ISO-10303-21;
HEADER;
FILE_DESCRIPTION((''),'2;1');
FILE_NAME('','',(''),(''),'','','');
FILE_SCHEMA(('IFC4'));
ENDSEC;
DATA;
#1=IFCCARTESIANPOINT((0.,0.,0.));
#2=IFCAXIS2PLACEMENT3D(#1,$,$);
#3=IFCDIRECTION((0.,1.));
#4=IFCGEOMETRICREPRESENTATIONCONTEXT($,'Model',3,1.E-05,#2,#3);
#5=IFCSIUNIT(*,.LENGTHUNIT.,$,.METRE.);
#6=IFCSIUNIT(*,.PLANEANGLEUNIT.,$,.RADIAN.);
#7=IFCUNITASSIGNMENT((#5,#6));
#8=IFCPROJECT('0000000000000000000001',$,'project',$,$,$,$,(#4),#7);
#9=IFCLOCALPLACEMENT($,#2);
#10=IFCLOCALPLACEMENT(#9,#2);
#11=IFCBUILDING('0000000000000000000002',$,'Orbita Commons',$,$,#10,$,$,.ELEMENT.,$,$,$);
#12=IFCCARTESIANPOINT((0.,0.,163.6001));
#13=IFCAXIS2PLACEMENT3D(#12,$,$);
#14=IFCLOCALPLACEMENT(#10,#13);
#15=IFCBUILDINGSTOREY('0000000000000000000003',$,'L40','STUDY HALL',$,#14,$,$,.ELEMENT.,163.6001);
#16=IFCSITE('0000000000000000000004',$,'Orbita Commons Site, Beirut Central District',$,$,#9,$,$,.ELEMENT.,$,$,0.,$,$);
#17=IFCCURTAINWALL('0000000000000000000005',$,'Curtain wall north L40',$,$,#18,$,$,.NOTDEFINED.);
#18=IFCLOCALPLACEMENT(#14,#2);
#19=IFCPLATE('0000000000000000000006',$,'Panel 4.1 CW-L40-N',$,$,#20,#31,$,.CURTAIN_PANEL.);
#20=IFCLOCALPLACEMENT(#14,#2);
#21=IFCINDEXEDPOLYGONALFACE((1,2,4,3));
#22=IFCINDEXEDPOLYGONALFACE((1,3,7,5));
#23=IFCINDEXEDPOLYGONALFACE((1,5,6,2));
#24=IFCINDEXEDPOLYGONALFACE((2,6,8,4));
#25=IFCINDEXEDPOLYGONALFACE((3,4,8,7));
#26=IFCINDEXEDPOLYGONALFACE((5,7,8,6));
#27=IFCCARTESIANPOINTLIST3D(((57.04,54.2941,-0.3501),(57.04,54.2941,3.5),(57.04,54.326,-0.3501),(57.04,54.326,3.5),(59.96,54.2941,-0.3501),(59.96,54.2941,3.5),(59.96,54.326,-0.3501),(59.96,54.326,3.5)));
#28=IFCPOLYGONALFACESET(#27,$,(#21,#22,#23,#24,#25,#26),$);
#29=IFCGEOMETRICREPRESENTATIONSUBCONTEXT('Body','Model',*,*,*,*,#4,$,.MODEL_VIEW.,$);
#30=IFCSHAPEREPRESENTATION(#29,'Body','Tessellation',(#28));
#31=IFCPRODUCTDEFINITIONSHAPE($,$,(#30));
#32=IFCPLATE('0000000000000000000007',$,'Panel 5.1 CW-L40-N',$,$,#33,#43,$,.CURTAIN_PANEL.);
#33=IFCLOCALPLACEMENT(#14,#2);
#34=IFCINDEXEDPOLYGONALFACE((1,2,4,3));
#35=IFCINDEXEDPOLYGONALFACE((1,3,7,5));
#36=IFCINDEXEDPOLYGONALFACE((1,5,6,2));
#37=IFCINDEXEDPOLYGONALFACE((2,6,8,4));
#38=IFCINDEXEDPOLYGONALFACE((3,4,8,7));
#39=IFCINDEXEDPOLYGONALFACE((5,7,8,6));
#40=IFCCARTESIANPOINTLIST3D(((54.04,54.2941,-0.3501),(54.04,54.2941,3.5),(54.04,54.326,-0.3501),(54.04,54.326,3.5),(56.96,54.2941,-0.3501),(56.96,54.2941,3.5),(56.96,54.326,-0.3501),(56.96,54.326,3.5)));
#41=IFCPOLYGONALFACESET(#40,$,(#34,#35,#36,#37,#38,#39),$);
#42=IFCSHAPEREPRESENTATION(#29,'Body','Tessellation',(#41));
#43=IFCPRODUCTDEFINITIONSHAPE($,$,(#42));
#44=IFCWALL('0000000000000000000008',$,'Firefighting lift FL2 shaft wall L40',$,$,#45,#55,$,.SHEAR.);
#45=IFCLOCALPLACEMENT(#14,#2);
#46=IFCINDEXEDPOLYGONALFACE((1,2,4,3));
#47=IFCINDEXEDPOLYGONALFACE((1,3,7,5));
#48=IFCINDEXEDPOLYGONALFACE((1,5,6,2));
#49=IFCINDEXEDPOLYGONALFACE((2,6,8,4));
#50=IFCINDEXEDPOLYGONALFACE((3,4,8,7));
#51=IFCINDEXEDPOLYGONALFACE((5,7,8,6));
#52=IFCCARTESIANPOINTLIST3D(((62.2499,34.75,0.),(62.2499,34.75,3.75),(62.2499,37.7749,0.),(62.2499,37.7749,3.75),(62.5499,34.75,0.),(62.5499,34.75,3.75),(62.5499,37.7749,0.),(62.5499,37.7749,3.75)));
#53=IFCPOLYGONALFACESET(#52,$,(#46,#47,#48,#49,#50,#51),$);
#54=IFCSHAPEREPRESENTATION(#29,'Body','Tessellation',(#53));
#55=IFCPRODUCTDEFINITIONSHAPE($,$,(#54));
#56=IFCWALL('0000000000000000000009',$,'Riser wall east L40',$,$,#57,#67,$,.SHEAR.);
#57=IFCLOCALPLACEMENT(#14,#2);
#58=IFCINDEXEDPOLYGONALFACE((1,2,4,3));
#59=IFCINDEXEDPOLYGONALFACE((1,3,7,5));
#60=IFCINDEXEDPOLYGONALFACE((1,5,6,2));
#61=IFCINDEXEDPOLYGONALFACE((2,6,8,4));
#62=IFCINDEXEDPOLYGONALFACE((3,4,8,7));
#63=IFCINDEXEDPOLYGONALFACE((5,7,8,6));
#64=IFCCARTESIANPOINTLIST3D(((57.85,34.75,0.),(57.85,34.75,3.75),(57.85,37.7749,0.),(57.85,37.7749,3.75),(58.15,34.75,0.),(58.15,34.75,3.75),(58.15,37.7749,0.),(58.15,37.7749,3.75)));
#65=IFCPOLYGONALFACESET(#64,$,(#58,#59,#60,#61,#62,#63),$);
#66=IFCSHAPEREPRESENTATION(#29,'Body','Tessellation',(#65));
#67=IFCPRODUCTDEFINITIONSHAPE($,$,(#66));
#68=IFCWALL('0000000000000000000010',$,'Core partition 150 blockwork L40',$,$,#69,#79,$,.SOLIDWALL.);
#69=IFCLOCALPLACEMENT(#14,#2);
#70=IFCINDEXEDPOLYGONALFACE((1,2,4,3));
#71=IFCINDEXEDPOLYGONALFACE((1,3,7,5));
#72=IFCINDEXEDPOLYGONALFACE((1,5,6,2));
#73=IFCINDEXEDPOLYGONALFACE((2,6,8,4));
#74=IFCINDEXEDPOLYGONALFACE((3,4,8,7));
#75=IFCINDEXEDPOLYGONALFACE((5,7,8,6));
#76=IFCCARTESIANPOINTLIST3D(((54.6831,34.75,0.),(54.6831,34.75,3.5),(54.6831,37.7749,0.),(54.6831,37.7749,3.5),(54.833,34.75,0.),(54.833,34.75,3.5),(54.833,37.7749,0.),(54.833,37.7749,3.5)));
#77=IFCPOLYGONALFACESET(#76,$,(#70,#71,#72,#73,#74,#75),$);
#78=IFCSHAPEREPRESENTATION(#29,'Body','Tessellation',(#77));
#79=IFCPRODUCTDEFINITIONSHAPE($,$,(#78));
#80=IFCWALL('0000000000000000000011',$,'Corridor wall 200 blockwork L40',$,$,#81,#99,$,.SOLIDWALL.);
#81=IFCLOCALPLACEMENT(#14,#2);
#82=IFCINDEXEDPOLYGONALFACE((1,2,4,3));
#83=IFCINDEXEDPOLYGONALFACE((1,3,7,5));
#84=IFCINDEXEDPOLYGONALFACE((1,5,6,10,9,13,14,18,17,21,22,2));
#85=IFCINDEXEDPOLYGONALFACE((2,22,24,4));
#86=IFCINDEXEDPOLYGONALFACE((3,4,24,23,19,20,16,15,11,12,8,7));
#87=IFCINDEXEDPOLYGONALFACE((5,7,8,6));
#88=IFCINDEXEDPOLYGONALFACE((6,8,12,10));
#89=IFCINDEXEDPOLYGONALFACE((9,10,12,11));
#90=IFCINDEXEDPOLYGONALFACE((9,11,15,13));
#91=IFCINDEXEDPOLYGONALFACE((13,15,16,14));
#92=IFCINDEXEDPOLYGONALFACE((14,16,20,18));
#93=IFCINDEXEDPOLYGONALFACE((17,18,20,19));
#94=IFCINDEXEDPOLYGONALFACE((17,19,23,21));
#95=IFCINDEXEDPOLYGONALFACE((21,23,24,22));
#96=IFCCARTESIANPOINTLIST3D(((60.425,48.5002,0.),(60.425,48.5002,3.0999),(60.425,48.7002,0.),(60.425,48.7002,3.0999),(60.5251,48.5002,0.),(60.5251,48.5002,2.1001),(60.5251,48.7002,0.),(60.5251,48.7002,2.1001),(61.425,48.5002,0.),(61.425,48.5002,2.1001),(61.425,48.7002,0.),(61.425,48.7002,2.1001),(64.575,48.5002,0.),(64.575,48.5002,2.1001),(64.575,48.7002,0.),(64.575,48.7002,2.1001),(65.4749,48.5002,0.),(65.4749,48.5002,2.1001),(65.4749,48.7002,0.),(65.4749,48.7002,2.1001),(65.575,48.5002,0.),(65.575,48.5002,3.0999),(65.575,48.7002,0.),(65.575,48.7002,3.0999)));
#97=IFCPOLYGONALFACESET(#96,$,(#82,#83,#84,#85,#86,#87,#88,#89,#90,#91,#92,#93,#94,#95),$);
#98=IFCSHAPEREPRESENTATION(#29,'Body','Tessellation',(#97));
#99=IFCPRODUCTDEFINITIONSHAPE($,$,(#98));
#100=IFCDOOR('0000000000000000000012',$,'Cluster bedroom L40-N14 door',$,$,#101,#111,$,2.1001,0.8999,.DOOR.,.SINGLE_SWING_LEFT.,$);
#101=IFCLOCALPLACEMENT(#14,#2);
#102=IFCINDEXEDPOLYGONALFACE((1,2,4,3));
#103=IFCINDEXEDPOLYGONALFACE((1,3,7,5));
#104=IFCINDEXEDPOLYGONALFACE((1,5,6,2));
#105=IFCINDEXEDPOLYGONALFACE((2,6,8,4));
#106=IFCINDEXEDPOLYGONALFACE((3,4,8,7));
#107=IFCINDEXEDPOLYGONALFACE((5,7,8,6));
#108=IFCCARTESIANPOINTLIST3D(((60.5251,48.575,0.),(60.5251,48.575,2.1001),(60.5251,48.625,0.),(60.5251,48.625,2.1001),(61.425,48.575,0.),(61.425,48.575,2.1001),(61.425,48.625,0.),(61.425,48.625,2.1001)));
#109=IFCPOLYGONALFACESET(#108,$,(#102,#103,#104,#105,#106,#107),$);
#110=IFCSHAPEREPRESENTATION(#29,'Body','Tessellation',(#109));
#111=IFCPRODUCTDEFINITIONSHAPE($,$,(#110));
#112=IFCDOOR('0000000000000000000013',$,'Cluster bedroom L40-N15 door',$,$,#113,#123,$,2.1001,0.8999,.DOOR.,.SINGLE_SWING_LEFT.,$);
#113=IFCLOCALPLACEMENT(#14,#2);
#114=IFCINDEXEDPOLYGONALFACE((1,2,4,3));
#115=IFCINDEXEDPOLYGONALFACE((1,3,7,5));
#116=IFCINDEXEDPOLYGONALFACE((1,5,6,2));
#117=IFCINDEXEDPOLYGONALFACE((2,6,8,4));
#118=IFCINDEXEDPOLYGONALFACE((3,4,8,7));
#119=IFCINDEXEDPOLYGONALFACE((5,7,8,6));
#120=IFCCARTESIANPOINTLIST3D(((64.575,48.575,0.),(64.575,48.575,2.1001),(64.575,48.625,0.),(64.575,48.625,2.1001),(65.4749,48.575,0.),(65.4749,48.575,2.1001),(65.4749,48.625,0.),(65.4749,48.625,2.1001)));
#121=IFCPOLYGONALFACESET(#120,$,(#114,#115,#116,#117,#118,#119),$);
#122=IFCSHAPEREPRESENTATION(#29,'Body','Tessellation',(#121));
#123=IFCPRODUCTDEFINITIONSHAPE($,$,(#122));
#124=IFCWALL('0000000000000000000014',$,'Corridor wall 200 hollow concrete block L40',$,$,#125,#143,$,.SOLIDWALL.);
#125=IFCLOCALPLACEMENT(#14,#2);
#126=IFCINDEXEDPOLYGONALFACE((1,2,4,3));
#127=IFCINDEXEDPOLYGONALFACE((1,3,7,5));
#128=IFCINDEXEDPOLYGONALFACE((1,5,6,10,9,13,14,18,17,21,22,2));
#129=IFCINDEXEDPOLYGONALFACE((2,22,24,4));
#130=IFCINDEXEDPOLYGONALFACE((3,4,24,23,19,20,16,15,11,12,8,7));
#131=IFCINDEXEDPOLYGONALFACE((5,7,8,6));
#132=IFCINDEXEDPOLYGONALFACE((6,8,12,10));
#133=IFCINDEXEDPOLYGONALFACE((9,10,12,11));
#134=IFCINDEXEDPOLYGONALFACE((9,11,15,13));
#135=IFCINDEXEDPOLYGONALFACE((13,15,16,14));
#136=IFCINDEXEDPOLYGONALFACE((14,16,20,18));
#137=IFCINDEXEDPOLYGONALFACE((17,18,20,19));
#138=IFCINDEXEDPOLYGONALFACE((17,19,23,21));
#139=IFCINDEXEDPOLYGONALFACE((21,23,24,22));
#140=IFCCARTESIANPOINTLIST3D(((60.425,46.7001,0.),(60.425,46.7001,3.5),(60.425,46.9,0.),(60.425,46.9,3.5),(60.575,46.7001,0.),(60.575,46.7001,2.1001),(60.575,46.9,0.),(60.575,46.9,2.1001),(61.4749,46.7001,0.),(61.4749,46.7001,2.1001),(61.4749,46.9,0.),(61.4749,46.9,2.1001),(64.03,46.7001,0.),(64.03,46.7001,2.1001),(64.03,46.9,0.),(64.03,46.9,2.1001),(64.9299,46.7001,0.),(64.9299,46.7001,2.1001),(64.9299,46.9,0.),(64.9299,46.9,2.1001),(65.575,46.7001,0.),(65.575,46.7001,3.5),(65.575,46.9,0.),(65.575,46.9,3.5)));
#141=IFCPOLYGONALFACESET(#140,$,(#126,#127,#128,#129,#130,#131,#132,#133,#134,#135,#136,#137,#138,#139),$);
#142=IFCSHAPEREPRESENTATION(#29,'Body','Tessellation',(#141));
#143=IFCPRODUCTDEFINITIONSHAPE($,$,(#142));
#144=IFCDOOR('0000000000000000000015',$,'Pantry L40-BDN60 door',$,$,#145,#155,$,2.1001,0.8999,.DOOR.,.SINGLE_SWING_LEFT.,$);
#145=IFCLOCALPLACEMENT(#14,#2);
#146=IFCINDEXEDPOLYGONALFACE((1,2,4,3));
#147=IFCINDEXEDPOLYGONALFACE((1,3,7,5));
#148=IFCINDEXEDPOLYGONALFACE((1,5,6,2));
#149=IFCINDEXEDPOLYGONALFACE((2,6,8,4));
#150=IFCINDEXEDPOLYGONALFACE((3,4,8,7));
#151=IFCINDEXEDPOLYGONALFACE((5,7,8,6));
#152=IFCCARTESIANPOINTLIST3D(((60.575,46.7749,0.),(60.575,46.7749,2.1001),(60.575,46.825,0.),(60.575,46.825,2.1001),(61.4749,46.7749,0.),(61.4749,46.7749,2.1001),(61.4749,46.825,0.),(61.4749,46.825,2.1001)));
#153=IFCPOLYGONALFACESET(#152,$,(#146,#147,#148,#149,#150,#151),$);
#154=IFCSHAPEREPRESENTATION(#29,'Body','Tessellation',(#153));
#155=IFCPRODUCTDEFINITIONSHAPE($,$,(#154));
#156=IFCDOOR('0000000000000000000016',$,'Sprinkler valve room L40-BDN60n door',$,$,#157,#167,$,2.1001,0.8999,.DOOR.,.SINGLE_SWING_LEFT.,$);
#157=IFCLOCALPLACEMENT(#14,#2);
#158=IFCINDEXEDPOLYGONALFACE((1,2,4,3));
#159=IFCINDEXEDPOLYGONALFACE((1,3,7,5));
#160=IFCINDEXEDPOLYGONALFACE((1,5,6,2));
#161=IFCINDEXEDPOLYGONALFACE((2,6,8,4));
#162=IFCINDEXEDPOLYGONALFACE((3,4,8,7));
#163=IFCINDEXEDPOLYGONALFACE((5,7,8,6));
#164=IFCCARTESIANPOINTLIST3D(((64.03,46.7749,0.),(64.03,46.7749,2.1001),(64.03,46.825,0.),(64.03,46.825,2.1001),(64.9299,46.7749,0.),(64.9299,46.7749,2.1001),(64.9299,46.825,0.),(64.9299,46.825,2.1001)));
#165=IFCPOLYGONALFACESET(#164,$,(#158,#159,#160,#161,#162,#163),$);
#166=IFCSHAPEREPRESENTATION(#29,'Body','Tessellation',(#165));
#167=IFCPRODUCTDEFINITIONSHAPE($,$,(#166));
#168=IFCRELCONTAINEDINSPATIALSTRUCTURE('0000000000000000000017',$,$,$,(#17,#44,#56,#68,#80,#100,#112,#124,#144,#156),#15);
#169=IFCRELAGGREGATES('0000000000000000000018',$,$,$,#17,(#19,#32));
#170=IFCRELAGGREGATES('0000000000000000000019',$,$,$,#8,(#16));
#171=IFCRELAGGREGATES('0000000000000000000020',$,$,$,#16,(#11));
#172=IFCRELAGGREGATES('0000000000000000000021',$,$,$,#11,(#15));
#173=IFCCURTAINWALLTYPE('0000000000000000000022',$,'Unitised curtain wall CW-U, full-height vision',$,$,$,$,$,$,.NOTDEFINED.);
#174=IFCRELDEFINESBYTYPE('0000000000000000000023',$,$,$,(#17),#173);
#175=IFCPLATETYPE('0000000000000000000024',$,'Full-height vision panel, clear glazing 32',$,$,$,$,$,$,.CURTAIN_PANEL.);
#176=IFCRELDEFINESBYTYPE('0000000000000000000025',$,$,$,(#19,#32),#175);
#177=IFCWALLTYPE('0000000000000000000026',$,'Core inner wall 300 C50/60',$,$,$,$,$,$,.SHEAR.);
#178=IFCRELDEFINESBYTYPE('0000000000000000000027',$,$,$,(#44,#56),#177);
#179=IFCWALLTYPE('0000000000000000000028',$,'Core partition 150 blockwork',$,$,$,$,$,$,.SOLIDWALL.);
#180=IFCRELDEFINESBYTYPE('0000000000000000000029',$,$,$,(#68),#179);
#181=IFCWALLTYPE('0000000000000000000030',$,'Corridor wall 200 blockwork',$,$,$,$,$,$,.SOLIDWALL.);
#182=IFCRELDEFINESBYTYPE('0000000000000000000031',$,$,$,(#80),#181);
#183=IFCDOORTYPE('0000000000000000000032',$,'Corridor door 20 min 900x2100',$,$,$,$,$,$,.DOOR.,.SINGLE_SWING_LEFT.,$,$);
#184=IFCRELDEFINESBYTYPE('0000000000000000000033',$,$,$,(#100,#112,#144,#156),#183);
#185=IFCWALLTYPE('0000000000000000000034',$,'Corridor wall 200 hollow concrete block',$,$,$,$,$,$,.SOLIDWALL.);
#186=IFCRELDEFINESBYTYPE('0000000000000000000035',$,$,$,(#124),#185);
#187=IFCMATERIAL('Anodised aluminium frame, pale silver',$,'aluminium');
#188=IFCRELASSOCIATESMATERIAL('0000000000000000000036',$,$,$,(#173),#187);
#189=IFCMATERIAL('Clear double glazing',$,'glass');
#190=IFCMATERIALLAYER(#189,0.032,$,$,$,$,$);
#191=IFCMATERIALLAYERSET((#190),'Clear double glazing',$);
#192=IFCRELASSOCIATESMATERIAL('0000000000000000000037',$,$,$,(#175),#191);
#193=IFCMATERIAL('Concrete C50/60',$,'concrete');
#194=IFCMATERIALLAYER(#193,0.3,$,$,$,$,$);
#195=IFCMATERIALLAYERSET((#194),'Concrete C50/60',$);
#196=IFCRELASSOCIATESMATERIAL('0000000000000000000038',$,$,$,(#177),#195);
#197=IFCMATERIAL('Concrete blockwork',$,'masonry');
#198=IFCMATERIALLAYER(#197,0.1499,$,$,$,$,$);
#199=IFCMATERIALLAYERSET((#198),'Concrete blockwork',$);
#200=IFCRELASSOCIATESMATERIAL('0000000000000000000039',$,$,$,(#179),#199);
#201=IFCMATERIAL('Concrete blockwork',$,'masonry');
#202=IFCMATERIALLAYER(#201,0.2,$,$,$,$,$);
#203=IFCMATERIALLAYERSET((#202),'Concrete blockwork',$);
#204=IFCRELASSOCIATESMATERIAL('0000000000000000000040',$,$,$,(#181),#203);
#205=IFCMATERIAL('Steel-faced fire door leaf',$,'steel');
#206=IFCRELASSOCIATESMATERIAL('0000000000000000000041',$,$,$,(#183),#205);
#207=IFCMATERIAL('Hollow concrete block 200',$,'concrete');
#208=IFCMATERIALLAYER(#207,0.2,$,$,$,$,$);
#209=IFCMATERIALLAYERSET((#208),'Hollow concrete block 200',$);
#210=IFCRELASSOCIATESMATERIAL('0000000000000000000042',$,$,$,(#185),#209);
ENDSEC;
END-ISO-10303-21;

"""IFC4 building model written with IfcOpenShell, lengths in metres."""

from ifc_helpers import new_model, si_unit, direction, frame, frame_2d, origin, origin_2d, place, context, subcontext, project, spatial, polyline, rectangle, outline, extrude, material, layer, layer_set, type_object, element, fill, aggregate, save


model = new_model("IFC4")

# Units and contexts
model_context = context("Model", 3, precision=1e-05, world=origin(), true_north=direction((0.0, 1.0)))
body_context = subcontext(model_context, "Body", "Model", "MODEL_VIEW")
ifc_project = project(units=[si_unit("LENGTHUNIT", "METRE"), si_unit("PLANEANGLEUNIT", "RADIAN")], contexts=[model_context])

# Site, building, storey
site_placement = place(None, origin())
site = spatial("IfcSite", under=ifc_project, at=site_placement, Name="Orbita Commons Site, Beirut Central District", CompositionType="ELEMENT", RefElevation=0.0)
building_placement = place(site_placement, origin())
building = spatial("IfcBuilding", under=site, at=building_placement, Name="Orbita Commons", CompositionType="ELEMENT")
storey_placement = place(building_placement, frame((0.0, 0.0, 163.6001)))
storey = spatial("IfcBuildingStorey", under=building, at=storey_placement, Name="L40", Description="STUDY HALL", CompositionType="ELEMENT", Elevation=163.6001)

# Curtain wall
ifc_material_1 = material(Name="Anodised aluminium frame, pale silver", Category="aluminium")
curtain_wall_type = type_object("IfcCurtainWallType", Name="Unitised curtain wall CW-U, full-height vision", PredefinedType="NOTDEFINED", material=ifc_material_1)
curtain_wall_placement = place(storey_placement, origin())
curtain_wall = element("IfcCurtainWall", 1, at=curtain_wall_placement, inside=storey, type_object=curtain_wall_type, Name="Curtain wall north L40", PredefinedType="NOTDEFINED")

# Plates
ifc_material_2 = material(Name="Clear double glazing", Category="glass")
ifc_layer_1 = layer(ifc_material_2, 0.032)
ifc_layer_set_1 = layer_set([ifc_layer_1], Name="Clear double glazing")
plate_type = type_object("IfcPlateType", Name="Full-height vision panel, clear glazing 32", PredefinedType="CURTAIN_PANEL", material=ifc_layer_set_1)
plate_1_placement = place(storey_placement, frame((58.5, 54.3101, -0.3501), z_axis=(0.0, 0.0, 1.0), x_axis=(-1.0, 0.0, 0.0)))
plate_1 = element("IfcPlate", 2, at=plate_1_placement, type_object=plate_type, Name="Panel 4.1 CW-L40-N", PredefinedType="CURTAIN_PANEL", context=body_context, shape_type="SweptSolid", body=[
    extrude(rectangle(XDim=2.9199, YDim=0.032, at=origin_2d()), origin(), (0.0, 0.0, 1.0), 3.8501),
])
plate_2_placement = place(storey_placement, frame((55.5, 54.3101, -0.3501), z_axis=(0.0, 0.0, 1.0), x_axis=(-1.0, 0.0, 0.0)))
plate_2 = element("IfcPlate", 3, at=plate_2_placement, type_object=plate_type, Name="Panel 5.1 CW-L40-N", PredefinedType="CURTAIN_PANEL", context=body_context, shape_type="SweptSolid", body=[
    extrude(rectangle(XDim=2.9199, YDim=0.032, at=origin_2d()), origin(), (0.0, 0.0, 1.0), 3.8501),
])
aggregate(curtain_wall, [plate_1, plate_2])

# Walls
ifc_material_3 = material(Name="Concrete C50/60", Category="concrete")
ifc_layer_2 = layer(ifc_material_3, 0.3)
ifc_layer_set_2 = layer_set([ifc_layer_2], Name="Concrete C50/60")
wall_type_1 = type_object("IfcWallType", Name="Core inner wall 300 C50/60", PredefinedType="SHEAR", material=ifc_layer_set_2)
for number, where, z_axis, x_axis, name in (
    (4, (62.3999, 34.75, 0.0), (0.0, 0.0, 1.0), (0.0, 1.0, 0.0), "Firefighting lift FL2 shaft wall L40"),
    (5, (58.0, 34.75, 0.0), (0.0, 0.0, 1.0), (0.0, 1.0, 0.0), "Riser wall east L40"),
):
    element("IfcWall", number, at=place(storey_placement, frame(where, z_axis=z_axis, x_axis=x_axis)), inside=storey, type_object=wall_type_1, Name=name, PredefinedType="SHEAR", context=body_context, shape_type="SweptSolid", body=[
        extrude(rectangle(XDim=3.0249, YDim=0.3, at=frame_2d((1.5125, 0.0))), origin(), (0.0, 0.0, 1.0), 3.75),
    ])
ifc_material_4 = material(Name="Concrete blockwork", Category="masonry")
ifc_layer_3 = layer(ifc_material_4, 0.1499)
ifc_layer_set_3 = layer_set([ifc_layer_3], Name="Concrete blockwork")
wall_type_2 = type_object("IfcWallType", Name="Core partition 150 blockwork", PredefinedType="SOLIDWALL", material=ifc_layer_set_3)
wall_1_placement = place(storey_placement, frame((54.7581, 34.75, 0.0), z_axis=(0.0, 0.0, 1.0), x_axis=(0.0, 1.0, 0.0)))
element("IfcWall", 6, at=wall_1_placement, inside=storey, type_object=wall_type_2, Name="Core partition 150 blockwork L40", PredefinedType="SOLIDWALL", context=body_context, shape_type="SweptSolid", body=[
    extrude(rectangle(XDim=3.0249, YDim=0.1499, at=frame_2d((1.5125, 0.0))), origin(), (0.0, 0.0, 1.0), 3.5),
])

# Walls, openings, doors
ifc_material_5 = material(Name="Concrete blockwork", Category="masonry")
ifc_layer_4 = layer(ifc_material_5, 0.2)
ifc_layer_set_4 = layer_set([ifc_layer_4], Name="Concrete blockwork")
wall_type_3 = type_object("IfcWallType", Name="Corridor wall 200 blockwork", PredefinedType="SOLIDWALL", material=ifc_layer_set_4)
wall_2_placement = place(storey_placement, frame((60.425, 48.6001, 0.0), z_axis=(0.0, 0.0, 1.0), x_axis=(1.0, 0.0, 0.0)))
wall_2 = element("IfcWall", 7, at=wall_2_placement, inside=storey, type_object=wall_type_3, Name="Corridor wall 200 blockwork L40", PredefinedType="SOLIDWALL", context=body_context, shape_type="SweptSolid", body=[
    extrude(outline(polyline([(0.0, 0.0), (5.1499, 0.0), (5.1499, 3.0999), (0.0, 3.0999), (0.0, 0.0)])), frame((0.0, 0.1001, 0.0), z_axis=(0.0, -1.0, 0.0), x_axis=(1.0, 0.0, 0.0)), (0.0, 0.0, 1.0), 0.2),
])
opening_1_placement = place(wall_2_placement, frame((0.1001, 0.0, 0.0)))
opening_1 = element("IfcOpeningElement", 8, at=opening_1_placement, cuts=wall_2, PredefinedType="OPENING", context=body_context, shape_type="SweptSolid", body=[
    extrude(rectangle(XDim=0.8999, YDim=2.1001, at=frame_2d((0.45, 1.05))), frame((0.0, 0.1099, 0.0), z_axis=(0.0, -1.0, 0.0), x_axis=(1.0, 0.0, 0.0)), (0.0, 0.0, 1.0), 0.22),
])
opening_2_placement = place(wall_2_placement, frame((4.1499, 0.0, 0.0)))
opening_2 = element("IfcOpeningElement", 9, at=opening_2_placement, cuts=wall_2, PredefinedType="OPENING", context=body_context, shape_type="SweptSolid", body=[
    extrude(rectangle(XDim=0.8999, YDim=2.1001, at=frame_2d((0.45, 1.05))), frame((0.0, 0.1099, 0.0), z_axis=(0.0, -1.0, 0.0), x_axis=(1.0, 0.0, 0.0)), (0.0, 0.0, 1.0), 0.22),
])
ifc_material_6 = material(Name="Steel-faced fire door leaf", Category="steel")
door_type_1 = type_object("IfcDoorType", Name="Corridor door 20 min 900x2100", OperationType="SINGLE_SWING_LEFT", PredefinedType="DOOR", material=ifc_material_6)
door_1_placement = place(opening_1_placement, origin())
door_1 = element("IfcDoor", 10, at=door_1_placement, inside=storey, type_object=door_type_1, Name="Cluster bedroom L40-N14 door", OperationType="SINGLE_SWING_LEFT", OverallHeight=2.1001, OverallWidth=0.8999, PredefinedType="DOOR", context=body_context, shape_type="SweptSolid", body=[
    extrude(rectangle(XDim=0.8999, YDim=2.1001, at=frame_2d((0.45, 1.05))), frame((0.0, 0.0249, 0.0), z_axis=(0.0, -1.0, 0.0), x_axis=(1.0, 0.0, 0.0)), (0.0, 0.0, 1.0), 0.05),
])
fill(opening_1, door_1)
door_2_placement = place(opening_2_placement, origin())
door_2 = element("IfcDoor", 11, at=door_2_placement, inside=storey, type_object=door_type_1, Name="Cluster bedroom L40-N15 door", OperationType="SINGLE_SWING_LEFT", OverallHeight=2.1001, OverallWidth=0.8999, PredefinedType="DOOR", context=body_context, shape_type="SweptSolid", body=[
    extrude(rectangle(XDim=0.8999, YDim=2.1001, at=frame_2d((0.45, 1.05))), frame((0.0, 0.0249, 0.0), z_axis=(0.0, -1.0, 0.0), x_axis=(1.0, 0.0, 0.0)), (0.0, 0.0, 1.0), 0.05),
])
fill(opening_2, door_2)
ifc_material_7 = material(Name="Hollow concrete block 200", Category="concrete")
ifc_layer_5 = layer(ifc_material_7, 0.2)
ifc_layer_set_5 = layer_set([ifc_layer_5], Name="Hollow concrete block 200")
wall_type_4 = type_object("IfcWallType", Name="Corridor wall 200 hollow concrete block", PredefinedType="SOLIDWALL", material=ifc_layer_set_5)
wall_3_placement = place(storey_placement, frame((60.425, 46.8, 0.0), z_axis=(0.0, 0.0, 1.0), x_axis=(1.0, 0.0, 0.0)))
wall_3 = element("IfcWall", 12, at=wall_3_placement, inside=storey, type_object=wall_type_4, Name="Corridor wall 200 hollow concrete block L40", PredefinedType="SOLIDWALL", context=body_context, shape_type="SweptSolid", body=[
    extrude(rectangle(XDim=5.1499, YDim=0.2, at=frame_2d((2.575, 0.0))), origin(), (0.0, 0.0, 1.0), 3.5),
])
opening_3_placement = place(wall_3_placement, frame((0.1499, 0.0, 0.0)))
opening_3 = element("IfcOpeningElement", 13, at=opening_3_placement, cuts=wall_3, PredefinedType="OPENING", context=body_context, shape_type="SweptSolid", body=[
    extrude(rectangle(XDim=0.8999, YDim=2.1001, at=frame_2d((0.45, 1.05))), frame((0.0, 0.1099, 0.0), z_axis=(0.0, -1.0, 0.0), x_axis=(1.0, 0.0, 0.0)), (0.0, 0.0, 1.0), 0.22),
])
opening_4_placement = place(wall_3_placement, frame((3.605, 0.0, 0.0)))
opening_4 = element("IfcOpeningElement", 14, at=opening_4_placement, cuts=wall_3, PredefinedType="OPENING", context=body_context, shape_type="SweptSolid", body=[
    extrude(rectangle(XDim=0.8999, YDim=2.1001, at=frame_2d((0.45, 1.05))), frame((0.0, 0.1099, 0.0), z_axis=(0.0, -1.0, 0.0), x_axis=(1.0, 0.0, 0.0)), (0.0, 0.0, 1.0), 0.22),
])
door_3_placement = place(opening_3_placement, origin())
door_3 = element("IfcDoor", 15, at=door_3_placement, inside=storey, type_object=door_type_1, Name="Pantry L40-BDN60 door", OperationType="SINGLE_SWING_LEFT", OverallHeight=2.1001, OverallWidth=0.8999, PredefinedType="DOOR", context=body_context, shape_type="SweptSolid", body=[
    extrude(rectangle(XDim=0.8999, YDim=2.1001, at=frame_2d((0.45, 1.05))), frame((0.0, 0.0249, 0.0), z_axis=(0.0, -1.0, 0.0), x_axis=(1.0, 0.0, 0.0)), (0.0, 0.0, 1.0), 0.05),
])
fill(opening_3, door_3)
door_4_placement = place(opening_4_placement, origin())
door_4 = element("IfcDoor", 16, at=door_4_placement, inside=storey, type_object=door_type_1, Name="Sprinkler valve room L40-BDN60n door", OperationType="SINGLE_SWING_LEFT", OverallHeight=2.1001, OverallWidth=0.8999, PredefinedType="DOOR", context=body_context, shape_type="SweptSolid", body=[
    extrude(rectangle(XDim=0.8999, YDim=2.1001, at=frame_2d((0.45, 1.05))), frame((0.0, 0.0249, 0.0), z_axis=(0.0, -1.0, 0.0), x_axis=(1.0, 0.0, 0.0)), (0.0, 0.0, 1.0), 0.05),
])
fill(opening_4, door_4)

save(model, "model.ifc")
